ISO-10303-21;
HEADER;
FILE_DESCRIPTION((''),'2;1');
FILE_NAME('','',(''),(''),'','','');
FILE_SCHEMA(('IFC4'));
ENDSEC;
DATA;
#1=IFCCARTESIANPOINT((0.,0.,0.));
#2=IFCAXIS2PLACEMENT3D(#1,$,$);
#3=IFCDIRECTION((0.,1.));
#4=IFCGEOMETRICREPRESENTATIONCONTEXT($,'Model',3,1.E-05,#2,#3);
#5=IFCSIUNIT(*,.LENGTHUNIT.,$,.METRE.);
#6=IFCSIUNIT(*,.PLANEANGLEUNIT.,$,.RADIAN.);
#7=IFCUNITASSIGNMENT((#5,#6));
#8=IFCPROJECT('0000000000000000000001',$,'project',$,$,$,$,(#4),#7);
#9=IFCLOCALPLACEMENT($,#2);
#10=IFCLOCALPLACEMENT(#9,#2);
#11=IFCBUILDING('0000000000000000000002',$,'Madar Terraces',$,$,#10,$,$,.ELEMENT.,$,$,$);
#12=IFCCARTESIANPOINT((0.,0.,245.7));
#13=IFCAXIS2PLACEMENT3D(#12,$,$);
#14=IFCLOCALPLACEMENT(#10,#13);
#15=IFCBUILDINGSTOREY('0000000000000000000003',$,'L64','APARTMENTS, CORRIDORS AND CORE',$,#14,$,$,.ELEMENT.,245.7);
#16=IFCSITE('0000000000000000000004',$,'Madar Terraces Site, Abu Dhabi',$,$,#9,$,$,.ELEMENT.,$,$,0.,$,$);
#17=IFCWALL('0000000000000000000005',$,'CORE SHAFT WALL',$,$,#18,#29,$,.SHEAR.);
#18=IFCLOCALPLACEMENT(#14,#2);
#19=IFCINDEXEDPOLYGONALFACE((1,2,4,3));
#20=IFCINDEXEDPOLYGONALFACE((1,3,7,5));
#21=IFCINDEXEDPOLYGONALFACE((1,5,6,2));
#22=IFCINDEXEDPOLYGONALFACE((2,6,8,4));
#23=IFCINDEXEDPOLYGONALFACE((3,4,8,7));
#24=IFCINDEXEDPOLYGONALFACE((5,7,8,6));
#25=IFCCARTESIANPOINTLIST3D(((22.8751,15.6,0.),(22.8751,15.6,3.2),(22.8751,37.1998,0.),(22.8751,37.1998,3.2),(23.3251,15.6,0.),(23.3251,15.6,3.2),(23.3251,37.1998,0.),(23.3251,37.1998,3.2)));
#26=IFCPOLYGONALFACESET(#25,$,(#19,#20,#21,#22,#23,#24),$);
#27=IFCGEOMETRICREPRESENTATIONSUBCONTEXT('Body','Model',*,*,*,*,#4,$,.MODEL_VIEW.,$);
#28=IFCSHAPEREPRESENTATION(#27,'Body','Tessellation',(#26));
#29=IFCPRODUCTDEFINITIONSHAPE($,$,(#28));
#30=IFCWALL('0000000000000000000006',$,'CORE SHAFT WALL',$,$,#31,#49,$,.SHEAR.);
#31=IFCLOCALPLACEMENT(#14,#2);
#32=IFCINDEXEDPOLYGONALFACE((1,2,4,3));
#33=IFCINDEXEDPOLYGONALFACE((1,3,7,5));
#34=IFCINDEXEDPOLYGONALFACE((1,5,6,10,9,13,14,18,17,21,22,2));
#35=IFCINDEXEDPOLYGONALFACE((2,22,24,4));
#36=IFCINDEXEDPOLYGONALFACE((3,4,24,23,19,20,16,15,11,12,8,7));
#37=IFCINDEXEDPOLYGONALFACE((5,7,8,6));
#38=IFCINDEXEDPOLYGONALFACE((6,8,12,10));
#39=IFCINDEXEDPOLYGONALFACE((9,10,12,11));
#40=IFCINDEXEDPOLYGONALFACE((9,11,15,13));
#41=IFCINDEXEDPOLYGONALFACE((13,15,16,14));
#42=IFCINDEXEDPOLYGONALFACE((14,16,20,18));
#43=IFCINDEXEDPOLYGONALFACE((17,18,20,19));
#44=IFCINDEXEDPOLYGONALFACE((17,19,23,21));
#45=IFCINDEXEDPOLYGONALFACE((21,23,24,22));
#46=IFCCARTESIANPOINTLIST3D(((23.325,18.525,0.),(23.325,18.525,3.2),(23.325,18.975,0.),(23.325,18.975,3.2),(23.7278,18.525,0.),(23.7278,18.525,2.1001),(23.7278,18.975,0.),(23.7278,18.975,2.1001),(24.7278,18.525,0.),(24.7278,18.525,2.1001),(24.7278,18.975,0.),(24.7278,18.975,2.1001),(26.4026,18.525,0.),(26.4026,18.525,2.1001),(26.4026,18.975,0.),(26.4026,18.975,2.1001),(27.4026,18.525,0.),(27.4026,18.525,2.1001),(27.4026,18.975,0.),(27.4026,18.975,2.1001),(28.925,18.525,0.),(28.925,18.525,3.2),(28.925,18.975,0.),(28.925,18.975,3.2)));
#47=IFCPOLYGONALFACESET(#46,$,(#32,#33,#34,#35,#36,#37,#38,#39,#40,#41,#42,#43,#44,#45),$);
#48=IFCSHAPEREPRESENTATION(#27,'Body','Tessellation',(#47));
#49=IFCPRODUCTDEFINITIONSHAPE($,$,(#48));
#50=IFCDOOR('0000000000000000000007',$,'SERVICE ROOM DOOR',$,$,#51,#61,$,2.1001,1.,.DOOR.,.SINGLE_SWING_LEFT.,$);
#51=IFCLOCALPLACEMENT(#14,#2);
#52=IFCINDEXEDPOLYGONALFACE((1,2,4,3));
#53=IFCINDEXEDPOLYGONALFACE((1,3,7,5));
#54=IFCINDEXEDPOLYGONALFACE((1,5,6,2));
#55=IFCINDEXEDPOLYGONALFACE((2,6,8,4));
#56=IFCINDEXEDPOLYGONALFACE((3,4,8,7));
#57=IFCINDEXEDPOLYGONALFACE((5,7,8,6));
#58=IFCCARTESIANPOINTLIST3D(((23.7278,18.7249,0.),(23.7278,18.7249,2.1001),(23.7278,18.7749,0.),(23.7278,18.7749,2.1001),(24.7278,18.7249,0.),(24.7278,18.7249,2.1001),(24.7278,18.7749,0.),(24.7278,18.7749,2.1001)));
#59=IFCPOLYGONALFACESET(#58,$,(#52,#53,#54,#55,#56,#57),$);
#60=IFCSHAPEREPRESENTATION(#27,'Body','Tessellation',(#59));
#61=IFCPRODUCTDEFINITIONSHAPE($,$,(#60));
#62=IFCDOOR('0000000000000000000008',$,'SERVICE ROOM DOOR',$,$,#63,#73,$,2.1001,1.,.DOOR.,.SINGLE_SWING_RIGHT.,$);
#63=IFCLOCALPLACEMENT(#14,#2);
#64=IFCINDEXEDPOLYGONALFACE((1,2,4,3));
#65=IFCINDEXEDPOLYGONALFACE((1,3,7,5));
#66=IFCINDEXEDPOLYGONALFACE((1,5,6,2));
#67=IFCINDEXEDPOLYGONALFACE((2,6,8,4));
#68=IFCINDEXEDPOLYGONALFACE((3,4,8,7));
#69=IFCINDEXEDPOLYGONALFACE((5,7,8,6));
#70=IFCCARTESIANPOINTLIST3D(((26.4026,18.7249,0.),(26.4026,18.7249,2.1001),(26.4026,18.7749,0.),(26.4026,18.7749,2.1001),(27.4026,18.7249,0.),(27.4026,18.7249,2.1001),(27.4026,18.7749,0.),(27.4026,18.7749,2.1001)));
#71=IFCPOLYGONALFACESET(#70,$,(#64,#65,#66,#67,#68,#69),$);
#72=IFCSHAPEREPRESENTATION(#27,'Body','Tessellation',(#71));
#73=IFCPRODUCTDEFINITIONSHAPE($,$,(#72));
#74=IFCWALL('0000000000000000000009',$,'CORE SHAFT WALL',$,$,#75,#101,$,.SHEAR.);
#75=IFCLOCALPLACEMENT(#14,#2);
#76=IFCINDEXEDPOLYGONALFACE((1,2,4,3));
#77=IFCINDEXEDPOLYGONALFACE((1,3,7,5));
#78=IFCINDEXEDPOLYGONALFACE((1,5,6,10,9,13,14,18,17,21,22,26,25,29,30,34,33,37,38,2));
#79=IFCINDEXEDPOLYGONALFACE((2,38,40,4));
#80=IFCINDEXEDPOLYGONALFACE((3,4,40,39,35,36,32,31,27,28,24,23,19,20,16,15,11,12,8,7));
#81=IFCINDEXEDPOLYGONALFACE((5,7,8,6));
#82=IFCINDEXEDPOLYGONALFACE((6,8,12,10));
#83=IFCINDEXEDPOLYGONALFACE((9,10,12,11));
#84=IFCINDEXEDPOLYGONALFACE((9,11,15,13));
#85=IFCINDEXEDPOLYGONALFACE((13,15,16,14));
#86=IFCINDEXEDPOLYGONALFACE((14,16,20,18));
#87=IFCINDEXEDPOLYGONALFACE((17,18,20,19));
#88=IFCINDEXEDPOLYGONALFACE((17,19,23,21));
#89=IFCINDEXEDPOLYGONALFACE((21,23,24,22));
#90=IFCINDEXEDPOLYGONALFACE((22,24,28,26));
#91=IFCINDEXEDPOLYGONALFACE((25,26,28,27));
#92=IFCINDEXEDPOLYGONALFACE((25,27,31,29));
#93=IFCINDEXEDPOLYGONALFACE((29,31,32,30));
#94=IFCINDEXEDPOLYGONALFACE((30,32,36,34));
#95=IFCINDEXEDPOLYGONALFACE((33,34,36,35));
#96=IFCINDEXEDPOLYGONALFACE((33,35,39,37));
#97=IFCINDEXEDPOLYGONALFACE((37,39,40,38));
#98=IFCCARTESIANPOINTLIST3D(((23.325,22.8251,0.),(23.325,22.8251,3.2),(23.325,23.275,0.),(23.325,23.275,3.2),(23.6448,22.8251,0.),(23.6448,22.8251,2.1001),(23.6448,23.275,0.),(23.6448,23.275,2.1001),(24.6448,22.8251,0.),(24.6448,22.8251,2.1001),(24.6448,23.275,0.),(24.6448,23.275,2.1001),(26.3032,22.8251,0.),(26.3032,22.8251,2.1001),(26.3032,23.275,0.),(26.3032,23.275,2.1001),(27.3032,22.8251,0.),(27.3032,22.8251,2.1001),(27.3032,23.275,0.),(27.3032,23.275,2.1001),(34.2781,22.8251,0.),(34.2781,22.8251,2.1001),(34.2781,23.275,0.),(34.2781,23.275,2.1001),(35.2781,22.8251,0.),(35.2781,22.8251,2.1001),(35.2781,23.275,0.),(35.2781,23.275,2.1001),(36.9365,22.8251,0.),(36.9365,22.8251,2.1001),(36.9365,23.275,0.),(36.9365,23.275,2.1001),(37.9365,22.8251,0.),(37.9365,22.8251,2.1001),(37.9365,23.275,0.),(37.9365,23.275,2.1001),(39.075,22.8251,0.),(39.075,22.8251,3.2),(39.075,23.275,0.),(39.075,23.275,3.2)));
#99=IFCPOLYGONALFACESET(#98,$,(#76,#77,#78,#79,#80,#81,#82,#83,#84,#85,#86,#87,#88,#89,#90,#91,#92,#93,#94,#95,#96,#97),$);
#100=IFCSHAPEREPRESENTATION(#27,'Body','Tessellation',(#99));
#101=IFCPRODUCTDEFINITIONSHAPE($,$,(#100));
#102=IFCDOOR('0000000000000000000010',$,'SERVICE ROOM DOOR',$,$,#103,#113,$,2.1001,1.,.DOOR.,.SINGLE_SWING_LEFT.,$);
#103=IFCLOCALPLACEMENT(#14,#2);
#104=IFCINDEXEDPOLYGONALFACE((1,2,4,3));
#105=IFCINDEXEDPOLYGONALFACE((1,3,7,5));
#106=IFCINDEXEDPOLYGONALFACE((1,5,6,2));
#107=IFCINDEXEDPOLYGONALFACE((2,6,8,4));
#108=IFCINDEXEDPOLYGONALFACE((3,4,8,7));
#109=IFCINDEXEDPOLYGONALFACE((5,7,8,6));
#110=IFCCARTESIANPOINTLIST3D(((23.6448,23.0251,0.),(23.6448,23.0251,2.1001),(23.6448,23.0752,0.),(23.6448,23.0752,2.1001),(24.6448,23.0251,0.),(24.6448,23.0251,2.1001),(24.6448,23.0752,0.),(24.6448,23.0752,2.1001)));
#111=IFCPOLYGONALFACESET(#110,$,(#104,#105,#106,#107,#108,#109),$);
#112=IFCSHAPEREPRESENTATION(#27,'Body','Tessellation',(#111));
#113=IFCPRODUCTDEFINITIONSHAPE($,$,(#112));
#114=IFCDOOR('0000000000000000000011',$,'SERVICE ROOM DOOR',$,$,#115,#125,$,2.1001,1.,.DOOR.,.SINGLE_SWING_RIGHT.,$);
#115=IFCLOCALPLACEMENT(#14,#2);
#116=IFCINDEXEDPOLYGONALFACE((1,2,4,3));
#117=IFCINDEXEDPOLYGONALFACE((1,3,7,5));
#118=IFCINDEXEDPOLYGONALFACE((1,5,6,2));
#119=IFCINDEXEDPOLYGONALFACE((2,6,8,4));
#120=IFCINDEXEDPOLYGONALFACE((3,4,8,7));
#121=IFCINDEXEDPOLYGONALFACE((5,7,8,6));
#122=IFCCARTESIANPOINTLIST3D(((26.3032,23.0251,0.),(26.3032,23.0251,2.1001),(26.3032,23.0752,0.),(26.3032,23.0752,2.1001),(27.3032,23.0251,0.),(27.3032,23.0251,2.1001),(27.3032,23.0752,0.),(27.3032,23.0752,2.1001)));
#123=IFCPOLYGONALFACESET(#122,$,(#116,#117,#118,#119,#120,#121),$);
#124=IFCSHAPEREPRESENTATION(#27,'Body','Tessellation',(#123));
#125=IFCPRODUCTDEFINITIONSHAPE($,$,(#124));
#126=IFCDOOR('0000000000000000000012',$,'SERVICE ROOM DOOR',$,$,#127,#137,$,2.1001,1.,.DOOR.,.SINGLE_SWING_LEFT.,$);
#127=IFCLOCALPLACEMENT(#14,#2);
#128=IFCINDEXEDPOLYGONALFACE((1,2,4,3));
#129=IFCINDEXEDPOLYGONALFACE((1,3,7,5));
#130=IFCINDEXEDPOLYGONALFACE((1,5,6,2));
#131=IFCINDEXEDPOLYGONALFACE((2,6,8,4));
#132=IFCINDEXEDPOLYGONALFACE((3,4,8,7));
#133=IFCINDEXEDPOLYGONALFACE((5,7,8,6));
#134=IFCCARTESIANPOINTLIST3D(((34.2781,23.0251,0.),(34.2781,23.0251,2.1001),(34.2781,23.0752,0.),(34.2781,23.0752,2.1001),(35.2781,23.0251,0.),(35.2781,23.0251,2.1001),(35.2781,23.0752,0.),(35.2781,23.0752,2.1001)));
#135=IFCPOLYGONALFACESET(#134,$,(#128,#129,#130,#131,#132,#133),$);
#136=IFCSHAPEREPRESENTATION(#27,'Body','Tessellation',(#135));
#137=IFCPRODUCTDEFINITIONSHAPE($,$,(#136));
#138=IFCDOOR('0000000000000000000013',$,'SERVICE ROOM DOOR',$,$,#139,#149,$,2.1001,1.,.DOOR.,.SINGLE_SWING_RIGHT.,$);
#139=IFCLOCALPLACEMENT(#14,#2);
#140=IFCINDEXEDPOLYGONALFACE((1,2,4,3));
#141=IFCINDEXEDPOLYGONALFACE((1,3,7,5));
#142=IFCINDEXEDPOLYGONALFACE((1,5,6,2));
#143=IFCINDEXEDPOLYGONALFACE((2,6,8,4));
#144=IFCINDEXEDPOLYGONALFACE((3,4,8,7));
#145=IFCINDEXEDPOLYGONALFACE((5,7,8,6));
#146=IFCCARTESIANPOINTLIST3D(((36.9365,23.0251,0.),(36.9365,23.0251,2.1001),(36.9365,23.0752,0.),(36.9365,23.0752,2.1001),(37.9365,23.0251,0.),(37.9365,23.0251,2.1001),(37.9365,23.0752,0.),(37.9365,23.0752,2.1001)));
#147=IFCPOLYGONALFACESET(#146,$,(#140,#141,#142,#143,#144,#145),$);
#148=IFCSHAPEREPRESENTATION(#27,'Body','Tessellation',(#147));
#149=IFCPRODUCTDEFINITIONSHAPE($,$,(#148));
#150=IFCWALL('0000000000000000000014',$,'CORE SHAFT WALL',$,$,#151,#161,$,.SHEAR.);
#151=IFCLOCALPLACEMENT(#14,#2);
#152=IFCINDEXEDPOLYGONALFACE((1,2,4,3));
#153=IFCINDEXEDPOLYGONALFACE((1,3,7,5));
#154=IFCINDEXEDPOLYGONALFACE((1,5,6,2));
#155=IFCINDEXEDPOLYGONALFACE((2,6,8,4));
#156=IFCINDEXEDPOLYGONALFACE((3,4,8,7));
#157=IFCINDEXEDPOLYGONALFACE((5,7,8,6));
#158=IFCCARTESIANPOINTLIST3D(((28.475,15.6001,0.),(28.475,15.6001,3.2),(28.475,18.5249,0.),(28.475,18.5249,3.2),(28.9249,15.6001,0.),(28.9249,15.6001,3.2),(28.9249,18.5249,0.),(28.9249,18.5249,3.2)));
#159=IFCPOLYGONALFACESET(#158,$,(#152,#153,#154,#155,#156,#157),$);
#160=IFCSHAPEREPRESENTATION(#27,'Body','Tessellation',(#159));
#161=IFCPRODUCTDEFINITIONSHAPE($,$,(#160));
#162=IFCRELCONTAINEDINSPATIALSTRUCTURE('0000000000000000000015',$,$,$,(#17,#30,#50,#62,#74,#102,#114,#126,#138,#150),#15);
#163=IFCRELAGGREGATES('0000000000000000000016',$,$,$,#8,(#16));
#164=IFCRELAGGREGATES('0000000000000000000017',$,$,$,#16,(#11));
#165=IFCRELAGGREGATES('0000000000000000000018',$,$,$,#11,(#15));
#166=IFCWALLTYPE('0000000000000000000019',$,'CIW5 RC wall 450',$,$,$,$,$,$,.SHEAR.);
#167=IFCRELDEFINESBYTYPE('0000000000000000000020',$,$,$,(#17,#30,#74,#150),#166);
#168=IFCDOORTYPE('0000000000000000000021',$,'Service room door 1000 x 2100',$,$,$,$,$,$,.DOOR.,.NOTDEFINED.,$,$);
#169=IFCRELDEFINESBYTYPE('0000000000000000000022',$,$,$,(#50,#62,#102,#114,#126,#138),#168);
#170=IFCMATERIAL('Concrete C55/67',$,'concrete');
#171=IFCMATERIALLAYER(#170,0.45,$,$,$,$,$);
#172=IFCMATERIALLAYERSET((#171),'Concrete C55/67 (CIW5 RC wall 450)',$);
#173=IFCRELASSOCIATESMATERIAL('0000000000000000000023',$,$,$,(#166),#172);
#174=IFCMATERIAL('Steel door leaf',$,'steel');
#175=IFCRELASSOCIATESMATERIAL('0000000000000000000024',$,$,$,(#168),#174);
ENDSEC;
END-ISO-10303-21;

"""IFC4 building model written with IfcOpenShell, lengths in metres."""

from ifc_helpers import new_model, si_unit, direction, frame, frame_2d, origin, place, context, subcontext, project, spatial, rectangle, extrude, material, layer, layer_set, type_object, element, fill, save


model = new_model("IFC4")

# Units and contexts
model_context = context("Model", 3, precision=1e-05, world=origin(), true_north=direction((0.0, 1.0)))
body_context = subcontext(model_context, "Body", "Model", "MODEL_VIEW")
ifc_project = project(units=[si_unit("LENGTHUNIT", "METRE"), si_unit("PLANEANGLEUNIT", "RADIAN")], contexts=[model_context])

# Site, building, storey
site_placement = place(None, origin())
site = spatial("IfcSite", under=ifc_project, at=site_placement, Name="Madar Terraces Site, Abu Dhabi", CompositionType="ELEMENT", RefElevation=0.0)
building_placement = place(site_placement, origin())
building = spatial("IfcBuilding", under=site, at=building_placement, Name="Madar Terraces", CompositionType="ELEMENT")
storey_placement = place(building_placement, frame((0.0, 0.0, 245.7)))
storey = spatial("IfcBuildingStorey", under=building, at=storey_placement, Name="L64", Description="APARTMENTS, CORRIDORS AND CORE", CompositionType="ELEMENT", Elevation=245.7)

# Wall
ifc_material_1 = material(Name="Concrete C55/67", Category="concrete")
ifc_layer_1 = layer(ifc_material_1, 0.45)
ifc_layer_set_1 = layer_set([ifc_layer_1], Name="Concrete C55/67 (CIW5 RC wall 450)")
wall_type_1 = type_object("IfcWallType", Name="CIW5 RC wall 450", PredefinedType="SHEAR", material=ifc_layer_set_1)
wall_1_placement = place(storey_placement, frame((23.1001, 15.6001, 0.0), z_axis=(0.0, 0.0, 1.0), x_axis=(0.0, 1.0, 0.0)))
element("IfcWall", 1, at=wall_1_placement, inside=storey, type_object=wall_type_1, Name="CORE SHAFT WALL", PredefinedType="SHEAR", context=body_context, shape_type="SweptSolid", body=[
    extrude(rectangle(XDim=21.5999, YDim=0.45, at=frame_2d((10.7998, 0.0))), origin(), (0.0, 0.0, 1.0), 3.2),
])

# Walls, openings, doors
wall_2_placement = place(storey_placement, frame((23.325, 18.75, 0.0), z_axis=(0.0, 0.0, 1.0), x_axis=(1.0, 0.0, 0.0)))
wall_2 = element("IfcWall", 2, at=wall_2_placement, inside=storey, type_object=wall_type_1, Name="CORE SHAFT WALL", PredefinedType="SHEAR", context=body_context, shape_type="SweptSolid", body=[
    extrude(rectangle(XDim=5.6001, YDim=0.45, at=frame_2d((2.8, 0.0))), origin(), (0.0, 0.0, 1.0), 3.2),
])
opening_1_placement = place(wall_2_placement, frame((0.4028, 0.0, 0.0)))
opening_1 = element("IfcOpeningElement", 3, at=opening_1_placement, cuts=wall_2, PredefinedType="OPENING", context=body_context, shape_type="SweptSolid", body=[
    extrude(rectangle(XDim=1.0, YDim=2.1001, at=frame_2d((0.5, 1.05))), frame((0.0, 0.2349, 0.0), z_axis=(0.0, -1.0, 0.0), x_axis=(1.0, 0.0, 0.0)), (0.0, 0.0, 1.0), 0.47),
])
opening_2_placement = place(wall_2_placement, frame((3.0776, 0.0, 0.0)))
opening_2 = element("IfcOpeningElement", 4, at=opening_2_placement, cuts=wall_2, PredefinedType="OPENING", context=body_context, shape_type="SweptSolid", body=[
    extrude(rectangle(XDim=1.0, YDim=2.1001, at=frame_2d((0.5, 1.05))), frame((0.0, 0.2349, 0.0), z_axis=(0.0, -1.0, 0.0), x_axis=(1.0, 0.0, 0.0)), (0.0, 0.0, 1.0), 0.47),
])
ifc_material_2 = material(Name="Steel door leaf", Category="steel")
door_type = type_object("IfcDoorType", Name="Service room door 1000 x 2100", OperationType="NOTDEFINED", PredefinedType="DOOR", material=ifc_material_2)
door_1_placement = place(opening_1_placement, origin())
door_1 = element("IfcDoor", 5, at=door_1_placement, inside=storey, type_object=door_type, Name="SERVICE ROOM DOOR", OperationType="SINGLE_SWING_LEFT", OverallHeight=2.1001, OverallWidth=1.0, PredefinedType="DOOR", context=body_context, shape_type="SweptSolid", body=[
    extrude(rectangle(XDim=1.0, YDim=2.1001, at=frame_2d((0.5, 1.05))), frame((0.0, 0.0249, 0.0), z_axis=(0.0, -1.0, 0.0), x_axis=(1.0, 0.0, 0.0)), (0.0, 0.0, 1.0), 0.05),
])
fill(opening_1, door_1)
door_2_placement = place(opening_2_placement, origin())
door_2 = element("IfcDoor", 6, at=door_2_placement, inside=storey, type_object=door_type, Name="SERVICE ROOM DOOR", OperationType="SINGLE_SWING_RIGHT", OverallHeight=2.1001, OverallWidth=1.0, PredefinedType="DOOR", context=body_context, shape_type="SweptSolid", body=[
    extrude(rectangle(XDim=1.0, YDim=2.1001, at=frame_2d((0.5, 1.05))), frame((0.0, 0.0249, 0.0), z_axis=(0.0, -1.0, 0.0), x_axis=(1.0, 0.0, 0.0)), (0.0, 0.0, 1.0), 0.05),
])
fill(opening_2, door_2)
wall_3_placement = place(storey_placement, frame((23.325, 23.05, 0.0), z_axis=(0.0, 0.0, 1.0), x_axis=(1.0, 0.0, 0.0)))
wall_3 = element("IfcWall", 7, at=wall_3_placement, inside=storey, type_object=wall_type_1, Name="CORE SHAFT WALL", PredefinedType="SHEAR", context=body_context, shape_type="SweptSolid", body=[
    extrude(rectangle(XDim=15.75, YDim=0.45, at=frame_2d((7.875, 0.0))), origin(), (0.0, 0.0, 1.0), 3.2),
])
opening_3_placement = place(wall_3_placement, frame((0.3198, 0.0, 0.0)))
opening_3 = element("IfcOpeningElement", 8, at=opening_3_placement, cuts=wall_3, PredefinedType="OPENING", context=body_context, shape_type="SweptSolid", body=[
    extrude(rectangle(XDim=1.0, YDim=2.1001, at=frame_2d((0.5, 1.05))), frame((0.0, 0.2349, 0.0), z_axis=(0.0, -1.0, 0.0), x_axis=(1.0, 0.0, 0.0)), (0.0, 0.0, 1.0), 0.47),
])
opening_4_placement = place(wall_3_placement, frame((2.9783, 0.0, 0.0)))
opening_4 = element("IfcOpeningElement", 9, at=opening_4_placement, cuts=wall_3, PredefinedType="OPENING", context=body_context, shape_type="SweptSolid", body=[
    extrude(rectangle(XDim=1.0, YDim=2.1001, at=frame_2d((0.5, 1.05))), frame((0.0, 0.2349, 0.0), z_axis=(0.0, -1.0, 0.0), x_axis=(1.0, 0.0, 0.0)), (0.0, 0.0, 1.0), 0.47),
])
opening_5_placement = place(wall_3_placement, frame((10.9531, 0.0, 0.0)))
opening_5 = element("IfcOpeningElement", 10, at=opening_5_placement, cuts=wall_3, PredefinedType="OPENING", context=body_context, shape_type="SweptSolid", body=[
    extrude(rectangle(XDim=1.0, YDim=2.1001, at=frame_2d((0.5, 1.05))), frame((0.0, 0.2349, 0.0), z_axis=(0.0, -1.0, 0.0), x_axis=(1.0, 0.0, 0.0)), (0.0, 0.0, 1.0), 0.47),
])
opening_6_placement = place(wall_3_placement, frame((13.6116, 0.0, 0.0)))
opening_6 = element("IfcOpeningElement", 11, at=opening_6_placement, cuts=wall_3, PredefinedType="OPENING", context=body_context, shape_type="SweptSolid", body=[
    extrude(rectangle(XDim=1.0, YDim=2.1001, at=frame_2d((0.5, 1.05))), frame((0.0, 0.2349, 0.0), z_axis=(0.0, -1.0, 0.0), x_axis=(1.0, 0.0, 0.0)), (0.0, 0.0, 1.0), 0.47),
])
door_3_placement = place(opening_3_placement, frame((1.0, 0.0, 0.0), z_axis=(0.0, 0.0, 1.0), x_axis=(-1.0, 0.0, 0.0)))
door_3 = element("IfcDoor", 12, at=door_3_placement, inside=storey, type_object=door_type, Name="SERVICE ROOM DOOR", OperationType="SINGLE_SWING_LEFT", OverallHeight=2.1001, OverallWidth=1.0, PredefinedType="DOOR", context=body_context, shape_type="SweptSolid", body=[
    extrude(rectangle(XDim=1.0, YDim=2.1001, at=frame_2d((0.5, 1.05))), frame((0.0, 0.0249, 0.0), z_axis=(0.0, -1.0, 0.0), x_axis=(1.0, 0.0, 0.0)), (0.0, 0.0, 1.0), 0.05),
])
fill(opening_3, door_3)
door_4_placement = place(opening_4_placement, frame((1.0, 0.0, 0.0), z_axis=(0.0, 0.0, 1.0), x_axis=(-1.0, 0.0, 0.0)))
door_4 = element("IfcDoor", 13, at=door_4_placement, inside=storey, type_object=door_type, Name="SERVICE ROOM DOOR", OperationType="SINGLE_SWING_RIGHT", OverallHeight=2.1001, OverallWidth=1.0, PredefinedType="DOOR", context=body_context, shape_type="SweptSolid", body=[
    extrude(rectangle(XDim=1.0, YDim=2.1001, at=frame_2d((0.5, 1.05))), frame((0.0, 0.0249, 0.0), z_axis=(0.0, -1.0, 0.0), x_axis=(1.0, 0.0, 0.0)), (0.0, 0.0, 1.0), 0.05),
])
fill(opening_4, door_4)
door_5_placement = place(opening_5_placement, frame((1.0, 0.0, 0.0), z_axis=(0.0, 0.0, 1.0), x_axis=(-1.0, 0.0, 0.0)))
door_5 = element("IfcDoor", 14, at=door_5_placement, inside=storey, type_object=door_type, Name="SERVICE ROOM DOOR", OperationType="SINGLE_SWING_LEFT", OverallHeight=2.1001, OverallWidth=1.0, PredefinedType="DOOR", context=body_context, shape_type="SweptSolid", body=[
    extrude(rectangle(XDim=1.0, YDim=2.1001, at=frame_2d((0.5, 1.05))), frame((0.0, 0.0249, 0.0), z_axis=(0.0, -1.0, 0.0), x_axis=(1.0, 0.0, 0.0)), (0.0, 0.0, 1.0), 0.05),
])
fill(opening_5, door_5)
door_6_placement = place(opening_6_placement, frame((1.0, 0.0, 0.0), z_axis=(0.0, 0.0, 1.0), x_axis=(-1.0, 0.0, 0.0)))
door_6 = element("IfcDoor", 15, at=door_6_placement, inside=storey, type_object=door_type, Name="SERVICE ROOM DOOR", OperationType="SINGLE_SWING_RIGHT", OverallHeight=2.1001, OverallWidth=1.0, PredefinedType="DOOR", context=body_context, shape_type="SweptSolid", body=[
    extrude(rectangle(XDim=1.0, YDim=2.1001, at=frame_2d((0.5, 1.05))), frame((0.0, 0.0249, 0.0), z_axis=(0.0, -1.0, 0.0), x_axis=(1.0, 0.0, 0.0)), (0.0, 0.0, 1.0), 0.05),
])
fill(opening_6, door_6)

# Wall
wall_4_placement = place(storey_placement, frame((28.7, 15.6001, 0.0), z_axis=(0.0, 0.0, 1.0), x_axis=(0.0, 1.0, 0.0)))
element("IfcWall", 16, at=wall_4_placement, inside=storey, type_object=wall_type_1, Name="CORE SHAFT WALL", PredefinedType="SHEAR", context=body_context, shape_type="SweptSolid", body=[
    extrude(rectangle(XDim=2.9248, YDim=0.45, at=frame_2d((1.4624, 0.0))), origin(), (0.0, 0.0, 1.0), 3.2),
])

save(model, "model.ifc")
